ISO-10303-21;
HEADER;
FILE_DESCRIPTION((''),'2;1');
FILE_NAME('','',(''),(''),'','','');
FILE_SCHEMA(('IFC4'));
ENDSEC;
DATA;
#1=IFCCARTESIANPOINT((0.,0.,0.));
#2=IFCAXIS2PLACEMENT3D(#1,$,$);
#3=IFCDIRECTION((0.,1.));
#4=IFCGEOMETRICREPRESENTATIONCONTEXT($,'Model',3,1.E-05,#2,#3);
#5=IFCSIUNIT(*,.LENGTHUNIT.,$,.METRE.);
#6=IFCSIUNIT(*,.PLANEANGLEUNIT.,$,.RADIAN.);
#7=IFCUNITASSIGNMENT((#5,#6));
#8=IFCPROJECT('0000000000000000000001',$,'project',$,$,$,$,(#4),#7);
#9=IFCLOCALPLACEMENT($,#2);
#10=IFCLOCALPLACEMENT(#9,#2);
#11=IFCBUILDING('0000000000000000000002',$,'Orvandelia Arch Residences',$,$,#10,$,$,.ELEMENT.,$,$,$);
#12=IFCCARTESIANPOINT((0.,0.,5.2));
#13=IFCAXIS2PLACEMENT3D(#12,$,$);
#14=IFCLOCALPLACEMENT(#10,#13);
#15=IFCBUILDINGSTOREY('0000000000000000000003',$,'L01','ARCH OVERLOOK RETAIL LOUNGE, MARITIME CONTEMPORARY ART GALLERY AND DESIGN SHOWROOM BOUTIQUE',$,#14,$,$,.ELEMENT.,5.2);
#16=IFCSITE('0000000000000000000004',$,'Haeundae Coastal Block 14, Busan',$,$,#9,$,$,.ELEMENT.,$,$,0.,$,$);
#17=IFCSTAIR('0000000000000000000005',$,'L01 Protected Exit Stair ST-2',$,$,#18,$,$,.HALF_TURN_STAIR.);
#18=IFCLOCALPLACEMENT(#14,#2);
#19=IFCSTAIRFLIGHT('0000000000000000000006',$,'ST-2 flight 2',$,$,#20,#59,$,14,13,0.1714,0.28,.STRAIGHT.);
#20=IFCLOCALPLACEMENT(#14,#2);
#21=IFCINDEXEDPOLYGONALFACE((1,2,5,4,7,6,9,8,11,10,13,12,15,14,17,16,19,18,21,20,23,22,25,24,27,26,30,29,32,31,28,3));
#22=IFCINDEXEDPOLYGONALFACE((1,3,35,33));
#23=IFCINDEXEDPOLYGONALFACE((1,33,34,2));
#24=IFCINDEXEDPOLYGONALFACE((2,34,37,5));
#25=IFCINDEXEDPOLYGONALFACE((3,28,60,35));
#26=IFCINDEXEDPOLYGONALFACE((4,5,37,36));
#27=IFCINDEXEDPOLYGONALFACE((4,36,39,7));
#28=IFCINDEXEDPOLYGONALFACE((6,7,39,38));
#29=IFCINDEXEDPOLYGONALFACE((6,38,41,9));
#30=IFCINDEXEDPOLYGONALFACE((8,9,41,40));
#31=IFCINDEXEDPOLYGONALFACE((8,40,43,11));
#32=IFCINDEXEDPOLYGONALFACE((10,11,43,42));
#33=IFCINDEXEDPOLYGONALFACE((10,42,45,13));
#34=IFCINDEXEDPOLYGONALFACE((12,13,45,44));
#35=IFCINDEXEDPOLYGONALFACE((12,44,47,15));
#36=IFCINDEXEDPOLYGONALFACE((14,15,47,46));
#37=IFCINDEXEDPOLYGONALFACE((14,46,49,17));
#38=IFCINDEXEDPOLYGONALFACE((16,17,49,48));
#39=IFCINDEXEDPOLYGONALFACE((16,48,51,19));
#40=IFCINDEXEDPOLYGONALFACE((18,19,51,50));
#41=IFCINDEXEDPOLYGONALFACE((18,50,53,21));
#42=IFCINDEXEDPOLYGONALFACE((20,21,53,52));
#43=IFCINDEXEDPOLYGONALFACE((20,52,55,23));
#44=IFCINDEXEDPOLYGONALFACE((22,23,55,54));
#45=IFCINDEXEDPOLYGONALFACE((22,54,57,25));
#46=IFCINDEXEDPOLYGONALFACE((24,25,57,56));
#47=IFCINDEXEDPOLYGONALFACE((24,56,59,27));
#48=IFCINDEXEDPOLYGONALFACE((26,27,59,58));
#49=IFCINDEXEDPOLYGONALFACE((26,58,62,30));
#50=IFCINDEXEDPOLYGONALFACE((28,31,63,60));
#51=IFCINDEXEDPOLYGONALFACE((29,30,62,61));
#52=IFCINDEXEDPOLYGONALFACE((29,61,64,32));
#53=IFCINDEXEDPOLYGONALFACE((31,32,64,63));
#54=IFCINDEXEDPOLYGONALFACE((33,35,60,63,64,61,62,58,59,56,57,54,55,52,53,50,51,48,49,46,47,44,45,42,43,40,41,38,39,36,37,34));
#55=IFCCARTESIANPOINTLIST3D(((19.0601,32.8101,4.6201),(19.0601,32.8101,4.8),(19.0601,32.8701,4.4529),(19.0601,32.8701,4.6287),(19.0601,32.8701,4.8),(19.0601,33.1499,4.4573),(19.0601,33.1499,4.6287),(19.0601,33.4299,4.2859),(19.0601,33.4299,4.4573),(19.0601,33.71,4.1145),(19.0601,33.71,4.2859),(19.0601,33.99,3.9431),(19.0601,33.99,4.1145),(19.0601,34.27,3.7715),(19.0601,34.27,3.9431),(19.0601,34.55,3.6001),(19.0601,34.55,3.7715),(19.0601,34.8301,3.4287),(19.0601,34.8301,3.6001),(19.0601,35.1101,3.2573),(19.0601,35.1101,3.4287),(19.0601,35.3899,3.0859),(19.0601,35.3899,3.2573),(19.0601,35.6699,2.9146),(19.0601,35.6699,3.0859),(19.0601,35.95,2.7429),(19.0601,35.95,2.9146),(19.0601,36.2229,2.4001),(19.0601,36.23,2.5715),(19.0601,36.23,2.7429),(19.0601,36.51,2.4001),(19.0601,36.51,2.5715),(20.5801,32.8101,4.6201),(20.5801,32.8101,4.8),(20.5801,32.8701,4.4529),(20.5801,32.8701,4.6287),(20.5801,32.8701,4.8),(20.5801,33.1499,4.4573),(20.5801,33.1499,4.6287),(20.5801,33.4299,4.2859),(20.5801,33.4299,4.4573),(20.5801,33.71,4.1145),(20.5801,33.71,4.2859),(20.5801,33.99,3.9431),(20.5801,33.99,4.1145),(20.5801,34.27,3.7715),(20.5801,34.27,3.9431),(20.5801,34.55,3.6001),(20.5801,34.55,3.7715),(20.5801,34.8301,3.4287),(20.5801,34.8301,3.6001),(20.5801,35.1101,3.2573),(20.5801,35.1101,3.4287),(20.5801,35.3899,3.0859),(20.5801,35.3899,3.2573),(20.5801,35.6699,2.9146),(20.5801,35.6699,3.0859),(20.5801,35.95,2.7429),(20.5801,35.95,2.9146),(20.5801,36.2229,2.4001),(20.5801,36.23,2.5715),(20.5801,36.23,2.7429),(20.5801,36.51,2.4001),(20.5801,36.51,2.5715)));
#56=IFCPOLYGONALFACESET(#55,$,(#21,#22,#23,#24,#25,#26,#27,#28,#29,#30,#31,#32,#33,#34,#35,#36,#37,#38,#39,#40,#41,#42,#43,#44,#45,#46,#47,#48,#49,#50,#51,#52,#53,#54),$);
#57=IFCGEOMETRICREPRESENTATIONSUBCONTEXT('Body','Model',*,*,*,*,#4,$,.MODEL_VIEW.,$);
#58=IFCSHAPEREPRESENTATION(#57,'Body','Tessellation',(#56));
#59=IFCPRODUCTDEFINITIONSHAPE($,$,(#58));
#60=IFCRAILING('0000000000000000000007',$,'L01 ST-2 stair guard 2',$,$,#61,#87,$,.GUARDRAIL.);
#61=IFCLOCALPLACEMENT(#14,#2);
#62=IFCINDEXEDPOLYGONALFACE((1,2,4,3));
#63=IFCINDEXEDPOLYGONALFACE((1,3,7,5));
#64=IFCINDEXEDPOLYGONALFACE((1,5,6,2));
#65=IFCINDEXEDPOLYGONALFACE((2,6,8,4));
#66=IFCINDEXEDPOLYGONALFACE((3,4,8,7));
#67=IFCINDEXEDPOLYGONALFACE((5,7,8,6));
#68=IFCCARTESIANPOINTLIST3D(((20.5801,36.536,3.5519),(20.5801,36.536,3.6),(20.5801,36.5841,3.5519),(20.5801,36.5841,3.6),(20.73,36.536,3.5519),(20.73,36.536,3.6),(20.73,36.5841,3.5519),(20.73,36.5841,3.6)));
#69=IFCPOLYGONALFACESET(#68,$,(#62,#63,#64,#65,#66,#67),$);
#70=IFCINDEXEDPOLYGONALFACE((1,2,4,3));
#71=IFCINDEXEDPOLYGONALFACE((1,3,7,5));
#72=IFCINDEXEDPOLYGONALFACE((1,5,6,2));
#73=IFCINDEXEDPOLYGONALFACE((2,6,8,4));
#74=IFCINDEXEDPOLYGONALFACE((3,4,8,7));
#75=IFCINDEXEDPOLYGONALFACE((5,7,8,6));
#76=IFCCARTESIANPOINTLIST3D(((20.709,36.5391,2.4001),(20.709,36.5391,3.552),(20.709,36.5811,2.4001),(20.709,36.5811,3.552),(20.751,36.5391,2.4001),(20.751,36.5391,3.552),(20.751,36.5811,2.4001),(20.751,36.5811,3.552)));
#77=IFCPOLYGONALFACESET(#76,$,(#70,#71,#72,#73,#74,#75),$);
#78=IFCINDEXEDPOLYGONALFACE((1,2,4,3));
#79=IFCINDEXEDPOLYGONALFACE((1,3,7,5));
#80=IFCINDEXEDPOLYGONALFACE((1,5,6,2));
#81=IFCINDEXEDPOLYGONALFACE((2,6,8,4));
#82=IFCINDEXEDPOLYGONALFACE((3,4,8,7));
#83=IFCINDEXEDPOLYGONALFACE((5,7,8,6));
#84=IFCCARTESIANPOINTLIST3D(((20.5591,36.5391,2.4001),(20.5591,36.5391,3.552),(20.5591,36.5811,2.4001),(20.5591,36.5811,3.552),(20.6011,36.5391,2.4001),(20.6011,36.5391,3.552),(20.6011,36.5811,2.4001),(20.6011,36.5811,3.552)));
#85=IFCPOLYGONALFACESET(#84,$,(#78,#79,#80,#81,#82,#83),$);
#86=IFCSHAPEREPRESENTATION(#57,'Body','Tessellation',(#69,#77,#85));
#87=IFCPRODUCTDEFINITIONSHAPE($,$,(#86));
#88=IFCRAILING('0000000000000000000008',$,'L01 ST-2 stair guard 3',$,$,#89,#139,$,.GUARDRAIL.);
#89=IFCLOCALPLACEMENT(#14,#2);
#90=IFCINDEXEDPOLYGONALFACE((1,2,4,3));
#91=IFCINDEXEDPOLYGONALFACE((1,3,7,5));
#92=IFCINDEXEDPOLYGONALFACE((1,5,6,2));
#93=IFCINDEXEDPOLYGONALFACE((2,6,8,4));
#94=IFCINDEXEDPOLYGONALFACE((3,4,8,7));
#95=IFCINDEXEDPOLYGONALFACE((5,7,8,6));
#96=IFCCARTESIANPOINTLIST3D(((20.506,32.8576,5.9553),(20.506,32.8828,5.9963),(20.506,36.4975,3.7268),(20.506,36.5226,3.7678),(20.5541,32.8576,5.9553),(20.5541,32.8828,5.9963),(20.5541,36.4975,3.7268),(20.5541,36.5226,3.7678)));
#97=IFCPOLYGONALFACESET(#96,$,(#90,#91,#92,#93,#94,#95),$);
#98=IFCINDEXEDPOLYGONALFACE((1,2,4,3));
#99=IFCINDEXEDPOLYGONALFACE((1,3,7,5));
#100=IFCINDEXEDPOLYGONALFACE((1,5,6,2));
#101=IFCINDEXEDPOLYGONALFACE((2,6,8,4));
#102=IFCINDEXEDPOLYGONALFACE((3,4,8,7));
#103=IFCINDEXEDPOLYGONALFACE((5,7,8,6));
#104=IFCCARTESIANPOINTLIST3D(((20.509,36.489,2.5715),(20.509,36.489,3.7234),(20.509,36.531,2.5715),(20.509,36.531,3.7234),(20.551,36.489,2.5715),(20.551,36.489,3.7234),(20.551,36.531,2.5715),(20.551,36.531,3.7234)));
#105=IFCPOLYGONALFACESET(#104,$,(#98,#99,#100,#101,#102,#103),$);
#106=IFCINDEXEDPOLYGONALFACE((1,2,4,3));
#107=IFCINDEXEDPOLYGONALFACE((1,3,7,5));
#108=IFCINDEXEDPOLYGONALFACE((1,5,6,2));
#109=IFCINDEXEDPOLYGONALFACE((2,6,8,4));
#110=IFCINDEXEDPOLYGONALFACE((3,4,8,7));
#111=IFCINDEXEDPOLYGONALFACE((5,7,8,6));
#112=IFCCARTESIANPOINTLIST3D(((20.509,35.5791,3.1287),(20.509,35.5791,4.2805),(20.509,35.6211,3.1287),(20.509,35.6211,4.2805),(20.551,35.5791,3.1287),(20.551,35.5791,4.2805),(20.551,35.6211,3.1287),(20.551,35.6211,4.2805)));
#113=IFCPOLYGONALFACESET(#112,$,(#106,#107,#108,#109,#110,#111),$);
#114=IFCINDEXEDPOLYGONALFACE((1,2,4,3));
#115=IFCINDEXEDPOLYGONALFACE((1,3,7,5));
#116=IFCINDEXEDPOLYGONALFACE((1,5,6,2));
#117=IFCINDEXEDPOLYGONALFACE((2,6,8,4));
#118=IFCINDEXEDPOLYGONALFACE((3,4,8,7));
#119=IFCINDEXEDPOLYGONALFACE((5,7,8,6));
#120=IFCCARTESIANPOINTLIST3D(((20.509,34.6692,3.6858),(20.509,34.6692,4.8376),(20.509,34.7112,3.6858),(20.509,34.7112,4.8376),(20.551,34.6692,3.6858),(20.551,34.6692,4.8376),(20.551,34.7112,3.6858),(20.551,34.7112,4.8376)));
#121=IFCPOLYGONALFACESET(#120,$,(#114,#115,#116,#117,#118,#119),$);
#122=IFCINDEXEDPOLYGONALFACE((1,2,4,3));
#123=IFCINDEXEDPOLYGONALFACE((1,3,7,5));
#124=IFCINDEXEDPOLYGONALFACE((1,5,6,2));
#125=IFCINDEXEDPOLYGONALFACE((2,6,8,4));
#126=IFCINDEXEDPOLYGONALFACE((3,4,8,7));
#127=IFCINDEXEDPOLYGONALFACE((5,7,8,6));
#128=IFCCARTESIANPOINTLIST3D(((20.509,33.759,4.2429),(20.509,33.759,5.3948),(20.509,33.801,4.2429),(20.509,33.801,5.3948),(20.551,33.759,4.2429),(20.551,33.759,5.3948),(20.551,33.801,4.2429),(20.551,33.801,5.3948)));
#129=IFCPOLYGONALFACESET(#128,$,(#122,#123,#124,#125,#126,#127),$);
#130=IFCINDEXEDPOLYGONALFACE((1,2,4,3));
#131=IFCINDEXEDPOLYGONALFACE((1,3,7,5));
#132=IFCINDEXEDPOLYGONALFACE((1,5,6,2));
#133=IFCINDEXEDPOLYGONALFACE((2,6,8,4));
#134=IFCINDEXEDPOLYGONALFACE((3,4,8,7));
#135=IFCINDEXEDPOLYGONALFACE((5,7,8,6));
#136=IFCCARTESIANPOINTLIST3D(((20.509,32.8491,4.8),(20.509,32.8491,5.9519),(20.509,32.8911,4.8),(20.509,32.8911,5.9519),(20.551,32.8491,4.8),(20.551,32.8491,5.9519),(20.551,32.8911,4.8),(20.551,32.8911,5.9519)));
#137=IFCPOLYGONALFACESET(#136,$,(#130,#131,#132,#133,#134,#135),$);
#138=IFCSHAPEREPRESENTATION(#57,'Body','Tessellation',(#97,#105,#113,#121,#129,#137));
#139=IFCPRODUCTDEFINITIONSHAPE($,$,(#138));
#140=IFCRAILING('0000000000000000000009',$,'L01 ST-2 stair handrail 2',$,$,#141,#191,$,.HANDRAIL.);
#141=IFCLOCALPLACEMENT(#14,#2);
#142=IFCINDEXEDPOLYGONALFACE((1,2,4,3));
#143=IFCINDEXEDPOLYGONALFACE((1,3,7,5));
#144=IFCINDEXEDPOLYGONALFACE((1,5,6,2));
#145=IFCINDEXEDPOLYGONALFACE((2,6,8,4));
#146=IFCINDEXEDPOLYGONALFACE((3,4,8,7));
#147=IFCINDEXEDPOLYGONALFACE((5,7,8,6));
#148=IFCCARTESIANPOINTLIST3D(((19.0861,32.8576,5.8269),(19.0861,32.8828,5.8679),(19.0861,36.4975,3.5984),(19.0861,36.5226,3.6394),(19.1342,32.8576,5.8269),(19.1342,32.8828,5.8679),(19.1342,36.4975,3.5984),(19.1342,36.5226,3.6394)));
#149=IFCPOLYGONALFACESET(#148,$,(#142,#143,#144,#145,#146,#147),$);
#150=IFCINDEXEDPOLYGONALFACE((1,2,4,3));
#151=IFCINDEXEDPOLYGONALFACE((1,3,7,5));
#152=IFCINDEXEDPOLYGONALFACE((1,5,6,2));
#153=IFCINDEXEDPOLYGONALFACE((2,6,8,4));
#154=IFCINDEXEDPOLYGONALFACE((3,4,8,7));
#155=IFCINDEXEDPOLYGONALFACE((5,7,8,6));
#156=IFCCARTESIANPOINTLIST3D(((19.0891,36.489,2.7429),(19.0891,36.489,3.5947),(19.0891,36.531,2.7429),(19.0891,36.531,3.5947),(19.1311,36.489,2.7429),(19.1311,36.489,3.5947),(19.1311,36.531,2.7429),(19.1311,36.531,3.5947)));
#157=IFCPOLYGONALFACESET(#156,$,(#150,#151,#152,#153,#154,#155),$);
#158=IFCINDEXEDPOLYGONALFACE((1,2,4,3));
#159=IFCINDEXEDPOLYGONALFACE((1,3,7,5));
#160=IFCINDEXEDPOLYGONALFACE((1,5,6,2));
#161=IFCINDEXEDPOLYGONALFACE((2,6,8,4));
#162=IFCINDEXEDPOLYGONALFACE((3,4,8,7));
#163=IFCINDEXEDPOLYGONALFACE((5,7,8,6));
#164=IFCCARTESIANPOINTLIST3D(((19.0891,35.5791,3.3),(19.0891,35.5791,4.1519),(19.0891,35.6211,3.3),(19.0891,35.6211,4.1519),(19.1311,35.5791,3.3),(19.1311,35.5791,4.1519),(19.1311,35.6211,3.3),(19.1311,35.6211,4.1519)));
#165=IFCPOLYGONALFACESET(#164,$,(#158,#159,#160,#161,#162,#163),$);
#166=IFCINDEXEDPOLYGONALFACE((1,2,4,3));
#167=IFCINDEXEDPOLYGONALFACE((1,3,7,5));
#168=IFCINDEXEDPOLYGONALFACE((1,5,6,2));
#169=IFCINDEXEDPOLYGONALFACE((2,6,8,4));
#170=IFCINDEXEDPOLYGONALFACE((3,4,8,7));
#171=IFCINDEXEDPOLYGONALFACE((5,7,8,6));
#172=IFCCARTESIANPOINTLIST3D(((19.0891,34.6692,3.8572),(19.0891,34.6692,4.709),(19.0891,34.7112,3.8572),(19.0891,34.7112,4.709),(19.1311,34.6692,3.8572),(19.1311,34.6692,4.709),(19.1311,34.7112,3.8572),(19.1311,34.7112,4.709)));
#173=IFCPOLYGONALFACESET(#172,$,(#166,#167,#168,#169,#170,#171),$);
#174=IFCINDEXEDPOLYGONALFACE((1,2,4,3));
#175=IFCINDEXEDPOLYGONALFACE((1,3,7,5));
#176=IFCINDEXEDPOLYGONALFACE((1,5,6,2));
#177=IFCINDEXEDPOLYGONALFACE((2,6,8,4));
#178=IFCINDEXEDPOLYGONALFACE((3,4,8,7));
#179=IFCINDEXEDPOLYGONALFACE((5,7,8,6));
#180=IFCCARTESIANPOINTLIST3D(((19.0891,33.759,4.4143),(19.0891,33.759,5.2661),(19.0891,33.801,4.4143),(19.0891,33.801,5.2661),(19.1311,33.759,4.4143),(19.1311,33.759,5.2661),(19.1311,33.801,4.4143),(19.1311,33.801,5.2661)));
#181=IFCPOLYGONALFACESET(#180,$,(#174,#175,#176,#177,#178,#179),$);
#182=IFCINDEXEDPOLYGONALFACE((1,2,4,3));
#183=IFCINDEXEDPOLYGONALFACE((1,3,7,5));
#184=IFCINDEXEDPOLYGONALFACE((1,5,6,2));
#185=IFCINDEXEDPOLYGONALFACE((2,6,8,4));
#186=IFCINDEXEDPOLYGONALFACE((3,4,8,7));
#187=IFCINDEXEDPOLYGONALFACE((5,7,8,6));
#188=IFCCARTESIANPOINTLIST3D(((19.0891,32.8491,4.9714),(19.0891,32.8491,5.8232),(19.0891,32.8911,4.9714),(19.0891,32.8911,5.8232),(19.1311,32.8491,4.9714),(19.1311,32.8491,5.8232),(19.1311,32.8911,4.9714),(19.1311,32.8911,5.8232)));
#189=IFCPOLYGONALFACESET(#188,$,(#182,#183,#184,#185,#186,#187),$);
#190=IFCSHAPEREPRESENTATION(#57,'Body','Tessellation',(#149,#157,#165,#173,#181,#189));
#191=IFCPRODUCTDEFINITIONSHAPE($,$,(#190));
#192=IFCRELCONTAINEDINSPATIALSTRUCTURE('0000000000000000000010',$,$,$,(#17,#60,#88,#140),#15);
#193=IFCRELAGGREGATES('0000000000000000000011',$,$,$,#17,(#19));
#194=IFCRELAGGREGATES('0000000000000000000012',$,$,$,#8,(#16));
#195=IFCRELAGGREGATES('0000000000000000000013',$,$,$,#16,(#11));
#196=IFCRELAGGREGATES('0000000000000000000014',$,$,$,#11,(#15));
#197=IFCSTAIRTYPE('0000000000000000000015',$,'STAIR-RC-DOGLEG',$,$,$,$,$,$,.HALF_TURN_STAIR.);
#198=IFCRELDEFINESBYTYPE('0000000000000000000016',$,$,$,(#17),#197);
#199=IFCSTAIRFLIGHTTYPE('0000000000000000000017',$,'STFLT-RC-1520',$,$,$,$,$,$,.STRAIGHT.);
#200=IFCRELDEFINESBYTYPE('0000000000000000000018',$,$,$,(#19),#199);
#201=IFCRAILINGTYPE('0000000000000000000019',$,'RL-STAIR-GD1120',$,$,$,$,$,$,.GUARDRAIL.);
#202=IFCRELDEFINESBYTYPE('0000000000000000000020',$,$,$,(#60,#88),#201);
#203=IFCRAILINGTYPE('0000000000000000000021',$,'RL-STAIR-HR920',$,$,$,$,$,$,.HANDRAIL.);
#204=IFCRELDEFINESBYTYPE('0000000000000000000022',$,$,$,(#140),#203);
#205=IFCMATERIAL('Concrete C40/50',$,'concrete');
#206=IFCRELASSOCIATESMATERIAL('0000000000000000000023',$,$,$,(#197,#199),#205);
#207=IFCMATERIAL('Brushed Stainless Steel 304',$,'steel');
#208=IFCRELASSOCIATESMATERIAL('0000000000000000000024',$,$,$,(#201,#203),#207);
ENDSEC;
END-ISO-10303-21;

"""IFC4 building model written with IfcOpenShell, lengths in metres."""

from ifc_helpers import new_model, si_unit, direction, frame, origin, origin_2d, place, context, subcontext, project, spatial, polyline, rectangle, outline, extrude, material, type_object, element, aggregate, save


model = new_model("IFC4")

# Units and contexts
model_context = context("Model", 3, precision=1e-05, world=origin(), true_north=direction((0.0, 1.0)))
body_context = subcontext(model_context, "Body", "Model", "MODEL_VIEW")
ifc_project = project(units=[si_unit("LENGTHUNIT", "METRE"), si_unit("PLANEANGLEUNIT", "RADIAN")], contexts=[model_context])

# Site, building, storey
site_placement = place(None, origin())
site = spatial("IfcSite", under=ifc_project, at=site_placement, Name="Haeundae Coastal Block 14, Busan", CompositionType="ELEMENT", RefElevation=0.0)
building_placement = place(site_placement, origin())
building = spatial("IfcBuilding", under=site, at=building_placement, Name="Orvandelia Arch Residences", CompositionType="ELEMENT")
storey_placement = place(building_placement, frame((0.0, 0.0, 5.2)))
storey = spatial("IfcBuildingStorey", under=building, at=storey_placement, Name="L01", Description="ARCH OVERLOOK RETAIL LOUNGE, MARITIME CONTEMPORARY ART GALLERY AND DESIGN SHOWROOM BOUTIQUE", CompositionType="ELEMENT", Elevation=5.2)

# Stair, stair flight
ifc_material_1 = material(Name="Concrete C40/50", Category="concrete")
stair_type = type_object("IfcStairType", Name="STAIR-RC-DOGLEG", PredefinedType="HALF_TURN_STAIR", material=ifc_material_1)
stair_placement = place(storey_placement, origin())
stair = element("IfcStair", 1, at=stair_placement, inside=storey, type_object=stair_type, Name="L01 Protected Exit Stair ST-2", PredefinedType="HALF_TURN_STAIR")
stair_flight_type = type_object("IfcStairFlightType", Name="STFLT-RC-1520", PredefinedType="STRAIGHT", material=ifc_material_1)
stair_flight_placement = place(storey_placement, frame((19.8201, 36.51, 2.4001), z_axis=(0.0, 0.0, 1.0), x_axis=(0.0, -1.0, 0.0)))
stair_flight = element("IfcStairFlight", 2, at=stair_flight_placement, type_object=stair_flight_type, Name="ST-2 flight 2", NumberOfRisers=14, NumberOfTreads=13, PredefinedType="STRAIGHT", RiserHeight=0.1714, TreadLength=0.28, context=body_context, shape_type="SweptSolid", body=[
    extrude(outline(polyline([(0.0, 0.0), (0.0, 0.1714), (0.28, 0.1714), (0.28, 0.3428), (0.5601, 0.3428), (0.5601, 0.5144), (0.8401, 0.5144), (0.8401, 0.6858), (1.1201, 0.6858), (1.1201, 0.8572), (1.3999, 0.8572), (1.3999, 1.0286), (1.6799, 1.0286), (1.6799, 1.2), (1.96, 1.2), (1.96, 1.3713), (2.24, 1.3713), (2.24, 1.543), (2.52, 1.543), (2.52, 1.7144), (2.8, 1.7144), (2.8, 1.8857), (3.0801, 1.8857), (3.0801, 2.0571), (3.3601, 2.0571), (3.3601, 2.2285), (3.6399, 2.2285), (3.6399, 2.3999), (3.7, 2.3999), (3.7, 2.22), (3.6399, 2.0527), (0.2871, 0.0), (0.0, 0.0)])), frame((0.0, 0.76, 0.0), z_axis=(0.0, -1.0, 0.0), x_axis=(1.0, 0.0, 0.0)), (0.0, 0.0, 1.0), 1.52),
])
aggregate(stair, [stair_flight])

# Railings
ifc_material_2 = material(Name="Brushed Stainless Steel 304", Category="steel")
railing_type_1 = type_object("IfcRailingType", Name="RL-STAIR-GD1120", PredefinedType="GUARDRAIL", material=ifc_material_2)
railing_1_placement = place(storey_placement, frame((20.73, 36.5601, 2.4001)))
element("IfcRailing", 3, at=railing_1_placement, inside=storey, type_object=railing_type_1, Name="L01 ST-2 stair guard 2", PredefinedType="GUARDRAIL", context=body_context, shape_type="SweptSolid", body=[
    extrude(rectangle(XDim=0.0481, YDim=0.0481, at=origin_2d()), frame((0.0, 0.0, 1.1758), z_axis=(-1.0, 0.0, 0.0), x_axis=(0.0, -1.0, 0.0)), (0.0, 0.0, 1.0), 0.1499),
    extrude(rectangle(XDim=0.042, YDim=0.042, at=origin_2d()), origin(), (0.0, 0.0, 1.0), 1.1519),
    extrude(rectangle(XDim=0.042, YDim=0.042, at=origin_2d()), frame((-0.1499, 0.0, 0.0)), (0.0, 0.0, 1.0), 1.1519),
])
railing_2_placement = place(storey_placement, frame((20.53, 36.51, 2.5715)))
element("IfcRailing", 4, at=railing_2_placement, inside=storey, type_object=railing_type_1, Name="L01 ST-2 stair guard 3", PredefinedType="GUARDRAIL", context=body_context, shape_type="SweptSolid", body=[
    extrude(rectangle(XDim=0.0481, YDim=0.0481, at=origin_2d()), frame((0.0, 0.0, 1.1758), z_axis=(0.0, -0.85285, 0.522156), x_axis=(1.0, 0.0, 0.0)), (0.0, 0.0, 1.0), 4.2678),
    extrude(rectangle(XDim=0.042, YDim=0.042, at=origin_2d()), origin(), (0.0, 0.0, 1.0), 1.1519),
    extrude(rectangle(XDim=0.042, YDim=0.042, at=origin_2d()), frame((0.0, -0.9099, 0.5571)), (0.0, 0.0, 1.0), 1.1519),
    extrude(rectangle(XDim=0.042, YDim=0.042, at=origin_2d()), frame((0.0, -1.8198, 1.1143)), (0.0, 0.0, 1.0), 1.1519),
    extrude(rectangle(XDim=0.042, YDim=0.042, at=origin_2d()), frame((0.0, -2.73, 1.6714)), (0.0, 0.0, 1.0), 1.1519),
    extrude(rectangle(XDim=0.042, YDim=0.042, at=origin_2d()), frame((0.0, -3.6399, 2.2285)), (0.0, 0.0, 1.0), 1.1519),
])
railing_type_2 = type_object("IfcRailingType", Name="RL-STAIR-HR920", PredefinedType="HANDRAIL", material=ifc_material_2)
railing_3_placement = place(storey_placement, frame((19.1101, 36.51, 2.7429)))
element("IfcRailing", 5, at=railing_3_placement, inside=storey, type_object=railing_type_2, Name="L01 ST-2 stair handrail 2", PredefinedType="HANDRAIL", context=body_context, shape_type="SweptSolid", body=[
    extrude(rectangle(XDim=0.0481, YDim=0.0481, at=origin_2d()), frame((0.0, 0.0, 0.876), z_axis=(0.0, -0.85285, 0.522156), x_axis=(1.0, 0.0, 0.0)), (0.0, 0.0, 1.0), 4.2678),
    extrude(rectangle(XDim=0.042, YDim=0.042, at=origin_2d()), origin(), (0.0, 0.0, 1.0), 0.8518),
    extrude(rectangle(XDim=0.042, YDim=0.042, at=origin_2d()), frame((0.0, -0.9099, 0.5571)), (0.0, 0.0, 1.0), 0.8518),
    extrude(rectangle(XDim=0.042, YDim=0.042, at=origin_2d()), frame((0.0, -1.8198, 1.1143)), (0.0, 0.0, 1.0), 0.8518),
    extrude(rectangle(XDim=0.042, YDim=0.042, at=origin_2d()), frame((0.0, -2.73, 1.6714)), (0.0, 0.0, 1.0), 0.8518),
    extrude(rectangle(XDim=0.042, YDim=0.042, at=origin_2d()), frame((0.0, -3.6399, 2.2285)), (0.0, 0.0, 1.0), 0.8518),
])

save(model, "model.ifc")
